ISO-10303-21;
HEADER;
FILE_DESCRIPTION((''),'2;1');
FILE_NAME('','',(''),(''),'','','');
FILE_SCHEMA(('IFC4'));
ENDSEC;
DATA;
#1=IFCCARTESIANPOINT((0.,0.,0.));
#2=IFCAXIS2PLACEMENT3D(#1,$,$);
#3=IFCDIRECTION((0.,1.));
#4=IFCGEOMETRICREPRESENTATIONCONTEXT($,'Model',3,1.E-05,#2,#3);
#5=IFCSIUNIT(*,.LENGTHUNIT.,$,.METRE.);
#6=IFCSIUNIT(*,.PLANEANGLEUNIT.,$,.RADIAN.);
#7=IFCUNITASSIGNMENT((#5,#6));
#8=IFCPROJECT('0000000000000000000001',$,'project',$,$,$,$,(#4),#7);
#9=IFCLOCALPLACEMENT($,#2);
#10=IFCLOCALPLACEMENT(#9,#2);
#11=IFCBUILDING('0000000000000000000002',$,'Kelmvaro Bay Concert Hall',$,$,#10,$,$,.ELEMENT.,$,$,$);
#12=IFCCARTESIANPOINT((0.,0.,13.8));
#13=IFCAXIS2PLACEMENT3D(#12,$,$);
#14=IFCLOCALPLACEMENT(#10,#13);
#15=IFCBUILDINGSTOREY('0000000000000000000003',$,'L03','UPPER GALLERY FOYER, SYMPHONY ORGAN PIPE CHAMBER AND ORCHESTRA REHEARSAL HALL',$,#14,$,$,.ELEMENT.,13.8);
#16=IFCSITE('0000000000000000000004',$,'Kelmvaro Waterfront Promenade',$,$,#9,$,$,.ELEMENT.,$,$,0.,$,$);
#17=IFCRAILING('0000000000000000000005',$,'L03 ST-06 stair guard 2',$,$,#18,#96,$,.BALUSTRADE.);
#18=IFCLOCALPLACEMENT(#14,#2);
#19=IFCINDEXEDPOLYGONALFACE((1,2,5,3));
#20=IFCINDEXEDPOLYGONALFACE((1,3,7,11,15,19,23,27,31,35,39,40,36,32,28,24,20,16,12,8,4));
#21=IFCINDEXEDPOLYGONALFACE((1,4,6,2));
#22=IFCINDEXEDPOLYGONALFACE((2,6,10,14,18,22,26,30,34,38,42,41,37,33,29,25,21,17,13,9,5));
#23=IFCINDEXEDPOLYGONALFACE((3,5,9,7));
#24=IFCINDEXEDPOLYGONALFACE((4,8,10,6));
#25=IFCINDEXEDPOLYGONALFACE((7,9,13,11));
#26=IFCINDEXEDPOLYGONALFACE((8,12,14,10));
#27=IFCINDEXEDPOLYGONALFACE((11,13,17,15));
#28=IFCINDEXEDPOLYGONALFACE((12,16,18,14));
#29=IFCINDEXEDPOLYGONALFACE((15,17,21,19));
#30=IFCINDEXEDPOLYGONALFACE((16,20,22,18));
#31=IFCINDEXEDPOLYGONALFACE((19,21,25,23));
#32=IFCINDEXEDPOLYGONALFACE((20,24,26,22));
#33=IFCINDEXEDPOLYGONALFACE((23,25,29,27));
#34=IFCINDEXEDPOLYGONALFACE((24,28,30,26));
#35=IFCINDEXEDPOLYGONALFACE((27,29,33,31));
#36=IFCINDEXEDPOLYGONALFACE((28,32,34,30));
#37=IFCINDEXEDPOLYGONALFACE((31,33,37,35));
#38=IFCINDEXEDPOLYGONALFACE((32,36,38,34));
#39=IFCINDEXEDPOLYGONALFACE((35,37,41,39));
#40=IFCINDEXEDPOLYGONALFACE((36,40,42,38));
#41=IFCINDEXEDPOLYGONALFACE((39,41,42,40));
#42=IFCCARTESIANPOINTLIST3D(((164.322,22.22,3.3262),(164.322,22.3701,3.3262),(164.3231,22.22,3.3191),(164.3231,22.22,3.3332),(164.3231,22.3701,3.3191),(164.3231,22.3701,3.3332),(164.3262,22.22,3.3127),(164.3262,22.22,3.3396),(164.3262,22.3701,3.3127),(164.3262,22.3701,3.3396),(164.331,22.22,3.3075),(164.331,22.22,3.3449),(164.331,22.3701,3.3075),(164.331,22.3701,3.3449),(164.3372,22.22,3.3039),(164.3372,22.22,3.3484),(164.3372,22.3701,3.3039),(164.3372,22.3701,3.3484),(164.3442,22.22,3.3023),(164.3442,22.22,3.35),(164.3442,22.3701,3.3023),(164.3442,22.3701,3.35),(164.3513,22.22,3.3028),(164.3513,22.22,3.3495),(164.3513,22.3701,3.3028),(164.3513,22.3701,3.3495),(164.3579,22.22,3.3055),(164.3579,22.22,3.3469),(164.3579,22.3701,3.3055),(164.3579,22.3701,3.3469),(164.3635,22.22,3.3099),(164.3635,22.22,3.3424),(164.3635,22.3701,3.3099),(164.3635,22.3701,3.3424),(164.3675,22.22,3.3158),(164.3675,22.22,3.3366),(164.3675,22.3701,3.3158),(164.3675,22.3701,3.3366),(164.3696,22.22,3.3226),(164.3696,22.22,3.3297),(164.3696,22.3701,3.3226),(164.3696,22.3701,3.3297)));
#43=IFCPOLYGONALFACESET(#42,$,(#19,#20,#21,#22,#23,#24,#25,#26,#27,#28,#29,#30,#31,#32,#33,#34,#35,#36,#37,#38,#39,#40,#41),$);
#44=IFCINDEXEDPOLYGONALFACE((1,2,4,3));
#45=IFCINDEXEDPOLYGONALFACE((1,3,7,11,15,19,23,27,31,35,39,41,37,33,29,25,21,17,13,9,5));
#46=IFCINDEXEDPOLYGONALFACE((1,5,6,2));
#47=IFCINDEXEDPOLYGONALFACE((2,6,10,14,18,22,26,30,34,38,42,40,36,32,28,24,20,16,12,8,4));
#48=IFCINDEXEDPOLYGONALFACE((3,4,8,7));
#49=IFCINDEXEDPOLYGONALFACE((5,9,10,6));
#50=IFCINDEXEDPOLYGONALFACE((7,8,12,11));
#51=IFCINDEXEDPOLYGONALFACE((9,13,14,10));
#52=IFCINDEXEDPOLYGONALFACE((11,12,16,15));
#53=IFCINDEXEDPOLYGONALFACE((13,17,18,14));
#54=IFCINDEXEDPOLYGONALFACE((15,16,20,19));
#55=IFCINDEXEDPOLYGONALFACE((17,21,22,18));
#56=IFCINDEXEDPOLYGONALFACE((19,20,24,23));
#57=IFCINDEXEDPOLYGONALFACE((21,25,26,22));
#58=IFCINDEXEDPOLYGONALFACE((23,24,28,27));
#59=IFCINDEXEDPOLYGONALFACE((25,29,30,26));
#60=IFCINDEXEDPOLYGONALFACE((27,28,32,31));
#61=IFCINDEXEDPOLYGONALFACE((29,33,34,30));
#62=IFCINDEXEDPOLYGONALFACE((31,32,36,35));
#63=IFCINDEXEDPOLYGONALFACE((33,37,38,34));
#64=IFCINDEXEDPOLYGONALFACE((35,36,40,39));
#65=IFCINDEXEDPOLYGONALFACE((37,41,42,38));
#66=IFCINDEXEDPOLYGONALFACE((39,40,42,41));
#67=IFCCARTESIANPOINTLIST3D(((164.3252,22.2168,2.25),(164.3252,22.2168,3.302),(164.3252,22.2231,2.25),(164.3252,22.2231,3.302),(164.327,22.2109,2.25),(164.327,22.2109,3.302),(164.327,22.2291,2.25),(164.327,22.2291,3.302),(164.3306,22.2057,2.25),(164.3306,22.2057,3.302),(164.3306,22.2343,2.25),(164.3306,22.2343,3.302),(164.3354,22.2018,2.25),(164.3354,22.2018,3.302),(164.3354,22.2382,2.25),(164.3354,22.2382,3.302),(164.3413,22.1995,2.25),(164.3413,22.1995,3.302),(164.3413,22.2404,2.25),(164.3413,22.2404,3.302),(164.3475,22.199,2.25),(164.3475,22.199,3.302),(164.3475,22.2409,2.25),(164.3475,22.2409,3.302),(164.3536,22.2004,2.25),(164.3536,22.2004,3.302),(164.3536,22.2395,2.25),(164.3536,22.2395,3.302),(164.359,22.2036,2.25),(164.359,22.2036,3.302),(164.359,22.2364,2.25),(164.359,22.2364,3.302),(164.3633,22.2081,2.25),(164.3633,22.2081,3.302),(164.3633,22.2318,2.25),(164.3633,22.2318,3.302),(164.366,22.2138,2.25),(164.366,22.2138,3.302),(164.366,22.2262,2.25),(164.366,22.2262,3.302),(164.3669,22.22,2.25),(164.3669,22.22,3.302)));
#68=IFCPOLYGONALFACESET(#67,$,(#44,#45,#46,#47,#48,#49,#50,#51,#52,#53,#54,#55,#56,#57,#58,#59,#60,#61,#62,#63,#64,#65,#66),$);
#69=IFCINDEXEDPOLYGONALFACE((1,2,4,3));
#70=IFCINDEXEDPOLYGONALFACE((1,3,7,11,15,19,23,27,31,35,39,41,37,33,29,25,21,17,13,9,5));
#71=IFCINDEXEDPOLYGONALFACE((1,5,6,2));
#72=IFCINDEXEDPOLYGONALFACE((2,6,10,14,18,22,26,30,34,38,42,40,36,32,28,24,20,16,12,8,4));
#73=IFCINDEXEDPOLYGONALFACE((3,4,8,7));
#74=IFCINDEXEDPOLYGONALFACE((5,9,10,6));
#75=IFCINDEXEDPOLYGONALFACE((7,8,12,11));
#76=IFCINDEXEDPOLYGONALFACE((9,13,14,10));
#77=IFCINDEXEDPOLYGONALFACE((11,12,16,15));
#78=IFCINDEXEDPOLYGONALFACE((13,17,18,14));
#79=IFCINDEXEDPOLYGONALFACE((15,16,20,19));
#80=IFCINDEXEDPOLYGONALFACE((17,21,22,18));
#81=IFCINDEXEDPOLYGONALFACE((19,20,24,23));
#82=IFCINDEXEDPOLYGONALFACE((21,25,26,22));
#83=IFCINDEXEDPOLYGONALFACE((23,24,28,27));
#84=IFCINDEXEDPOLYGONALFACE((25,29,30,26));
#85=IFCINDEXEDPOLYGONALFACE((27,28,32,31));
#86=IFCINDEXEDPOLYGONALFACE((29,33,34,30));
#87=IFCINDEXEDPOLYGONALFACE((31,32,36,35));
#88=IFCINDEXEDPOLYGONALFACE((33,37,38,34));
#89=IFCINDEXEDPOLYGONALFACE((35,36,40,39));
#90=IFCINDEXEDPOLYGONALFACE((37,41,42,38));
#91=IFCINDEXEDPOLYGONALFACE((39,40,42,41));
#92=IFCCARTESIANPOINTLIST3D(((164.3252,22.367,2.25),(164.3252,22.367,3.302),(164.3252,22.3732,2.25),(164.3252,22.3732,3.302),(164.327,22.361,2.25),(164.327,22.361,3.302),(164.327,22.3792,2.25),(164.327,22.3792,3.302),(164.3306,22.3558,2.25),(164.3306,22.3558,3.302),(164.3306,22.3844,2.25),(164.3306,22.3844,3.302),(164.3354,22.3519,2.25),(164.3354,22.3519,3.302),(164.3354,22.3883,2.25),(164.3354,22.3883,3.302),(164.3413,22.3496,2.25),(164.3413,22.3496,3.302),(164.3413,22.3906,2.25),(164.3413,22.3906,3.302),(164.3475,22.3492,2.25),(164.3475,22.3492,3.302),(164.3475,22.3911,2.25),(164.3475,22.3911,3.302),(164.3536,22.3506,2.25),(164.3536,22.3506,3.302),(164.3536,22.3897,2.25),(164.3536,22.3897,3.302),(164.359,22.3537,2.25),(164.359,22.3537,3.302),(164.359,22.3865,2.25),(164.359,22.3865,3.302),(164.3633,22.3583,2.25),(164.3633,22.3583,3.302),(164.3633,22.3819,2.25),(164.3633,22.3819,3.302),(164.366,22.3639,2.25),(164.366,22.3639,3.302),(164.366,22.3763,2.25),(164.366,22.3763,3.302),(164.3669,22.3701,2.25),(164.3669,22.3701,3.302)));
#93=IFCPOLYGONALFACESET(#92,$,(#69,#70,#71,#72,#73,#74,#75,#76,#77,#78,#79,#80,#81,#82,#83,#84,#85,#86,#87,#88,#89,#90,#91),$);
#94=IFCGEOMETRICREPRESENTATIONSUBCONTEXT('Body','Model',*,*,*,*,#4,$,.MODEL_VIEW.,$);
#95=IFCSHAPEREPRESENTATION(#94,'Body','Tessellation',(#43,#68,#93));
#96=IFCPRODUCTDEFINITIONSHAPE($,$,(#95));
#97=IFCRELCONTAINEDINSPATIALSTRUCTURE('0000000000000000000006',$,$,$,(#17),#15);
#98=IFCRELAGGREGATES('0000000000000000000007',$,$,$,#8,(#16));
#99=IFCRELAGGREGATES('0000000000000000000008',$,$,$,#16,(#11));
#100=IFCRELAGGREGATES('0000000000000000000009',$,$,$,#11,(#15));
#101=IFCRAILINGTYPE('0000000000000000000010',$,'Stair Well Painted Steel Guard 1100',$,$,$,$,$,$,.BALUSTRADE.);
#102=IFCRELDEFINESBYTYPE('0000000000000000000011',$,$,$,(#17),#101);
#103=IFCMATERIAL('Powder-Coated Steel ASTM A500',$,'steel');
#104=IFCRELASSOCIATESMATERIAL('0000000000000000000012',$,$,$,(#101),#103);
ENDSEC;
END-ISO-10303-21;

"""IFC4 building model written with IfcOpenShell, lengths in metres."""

from ifc_helpers import new_model, si_unit, direction, frame, origin, origin_2d, place, context, subcontext, project, spatial, circle, extrude, material, type_object, element, save


model = new_model("IFC4")

# Units and contexts
model_context = context("Model", 3, precision=1e-05, world=origin(), true_north=direction((0.0, 1.0)))
body_context = subcontext(model_context, "Body", "Model", "MODEL_VIEW")
ifc_project = project(units=[si_unit("LENGTHUNIT", "METRE"), si_unit("PLANEANGLEUNIT", "RADIAN")], contexts=[model_context])

# Site, building, storey
site_placement = place(None, origin())
site = spatial("IfcSite", under=ifc_project, at=site_placement, Name="Kelmvaro Waterfront Promenade", CompositionType="ELEMENT", RefElevation=0.0)
building_placement = place(site_placement, origin())
building = spatial("IfcBuilding", under=site, at=building_placement, Name="Kelmvaro Bay Concert Hall", CompositionType="ELEMENT")
storey_placement = place(building_placement, frame((0.0, 0.0, 13.8)))
storey = spatial("IfcBuildingStorey", under=building, at=storey_placement, Name="L03", Description="UPPER GALLERY FOYER, SYMPHONY ORGAN PIPE CHAMBER AND ORCHESTRA REHEARSAL HALL", CompositionType="ELEMENT", Elevation=13.8)

# Railing
ifc_material_1 = material(Name="Powder-Coated Steel ASTM A500", Category="steel")
railing_type_1 = type_object("IfcRailingType", Name="Stair Well Painted Steel Guard 1100", PredefinedType="BALUSTRADE", material=ifc_material_1)
railing_1_placement = place(storey_placement, frame((164.3459, 22.22, 2.25)))
element("IfcRailing", 1, at=railing_1_placement, inside=storey, type_object=railing_type_1, Name="L03 ST-06 stair guard 2", PredefinedType="BALUSTRADE", context=body_context, shape_type="SweptSolid", body=[
    extrude(circle(Radius=0.0239, at=origin_2d()), frame((0.0, 0.0, 1.0762), z_axis=(0.0, 1.0, 0.0), x_axis=(-1.0, 0.0, 0.0)), (0.0, 0.0, 1.0), 0.1501),
    extrude(circle(Radius=0.021, at=origin_2d()), origin(), (0.0, 0.0, 1.0), 1.052),
    extrude(circle(Radius=0.021, at=origin_2d()), frame((0.0, 0.1501, 0.0)), (0.0, 0.0, 1.0), 1.052),
])

save(model, "model.ifc")
